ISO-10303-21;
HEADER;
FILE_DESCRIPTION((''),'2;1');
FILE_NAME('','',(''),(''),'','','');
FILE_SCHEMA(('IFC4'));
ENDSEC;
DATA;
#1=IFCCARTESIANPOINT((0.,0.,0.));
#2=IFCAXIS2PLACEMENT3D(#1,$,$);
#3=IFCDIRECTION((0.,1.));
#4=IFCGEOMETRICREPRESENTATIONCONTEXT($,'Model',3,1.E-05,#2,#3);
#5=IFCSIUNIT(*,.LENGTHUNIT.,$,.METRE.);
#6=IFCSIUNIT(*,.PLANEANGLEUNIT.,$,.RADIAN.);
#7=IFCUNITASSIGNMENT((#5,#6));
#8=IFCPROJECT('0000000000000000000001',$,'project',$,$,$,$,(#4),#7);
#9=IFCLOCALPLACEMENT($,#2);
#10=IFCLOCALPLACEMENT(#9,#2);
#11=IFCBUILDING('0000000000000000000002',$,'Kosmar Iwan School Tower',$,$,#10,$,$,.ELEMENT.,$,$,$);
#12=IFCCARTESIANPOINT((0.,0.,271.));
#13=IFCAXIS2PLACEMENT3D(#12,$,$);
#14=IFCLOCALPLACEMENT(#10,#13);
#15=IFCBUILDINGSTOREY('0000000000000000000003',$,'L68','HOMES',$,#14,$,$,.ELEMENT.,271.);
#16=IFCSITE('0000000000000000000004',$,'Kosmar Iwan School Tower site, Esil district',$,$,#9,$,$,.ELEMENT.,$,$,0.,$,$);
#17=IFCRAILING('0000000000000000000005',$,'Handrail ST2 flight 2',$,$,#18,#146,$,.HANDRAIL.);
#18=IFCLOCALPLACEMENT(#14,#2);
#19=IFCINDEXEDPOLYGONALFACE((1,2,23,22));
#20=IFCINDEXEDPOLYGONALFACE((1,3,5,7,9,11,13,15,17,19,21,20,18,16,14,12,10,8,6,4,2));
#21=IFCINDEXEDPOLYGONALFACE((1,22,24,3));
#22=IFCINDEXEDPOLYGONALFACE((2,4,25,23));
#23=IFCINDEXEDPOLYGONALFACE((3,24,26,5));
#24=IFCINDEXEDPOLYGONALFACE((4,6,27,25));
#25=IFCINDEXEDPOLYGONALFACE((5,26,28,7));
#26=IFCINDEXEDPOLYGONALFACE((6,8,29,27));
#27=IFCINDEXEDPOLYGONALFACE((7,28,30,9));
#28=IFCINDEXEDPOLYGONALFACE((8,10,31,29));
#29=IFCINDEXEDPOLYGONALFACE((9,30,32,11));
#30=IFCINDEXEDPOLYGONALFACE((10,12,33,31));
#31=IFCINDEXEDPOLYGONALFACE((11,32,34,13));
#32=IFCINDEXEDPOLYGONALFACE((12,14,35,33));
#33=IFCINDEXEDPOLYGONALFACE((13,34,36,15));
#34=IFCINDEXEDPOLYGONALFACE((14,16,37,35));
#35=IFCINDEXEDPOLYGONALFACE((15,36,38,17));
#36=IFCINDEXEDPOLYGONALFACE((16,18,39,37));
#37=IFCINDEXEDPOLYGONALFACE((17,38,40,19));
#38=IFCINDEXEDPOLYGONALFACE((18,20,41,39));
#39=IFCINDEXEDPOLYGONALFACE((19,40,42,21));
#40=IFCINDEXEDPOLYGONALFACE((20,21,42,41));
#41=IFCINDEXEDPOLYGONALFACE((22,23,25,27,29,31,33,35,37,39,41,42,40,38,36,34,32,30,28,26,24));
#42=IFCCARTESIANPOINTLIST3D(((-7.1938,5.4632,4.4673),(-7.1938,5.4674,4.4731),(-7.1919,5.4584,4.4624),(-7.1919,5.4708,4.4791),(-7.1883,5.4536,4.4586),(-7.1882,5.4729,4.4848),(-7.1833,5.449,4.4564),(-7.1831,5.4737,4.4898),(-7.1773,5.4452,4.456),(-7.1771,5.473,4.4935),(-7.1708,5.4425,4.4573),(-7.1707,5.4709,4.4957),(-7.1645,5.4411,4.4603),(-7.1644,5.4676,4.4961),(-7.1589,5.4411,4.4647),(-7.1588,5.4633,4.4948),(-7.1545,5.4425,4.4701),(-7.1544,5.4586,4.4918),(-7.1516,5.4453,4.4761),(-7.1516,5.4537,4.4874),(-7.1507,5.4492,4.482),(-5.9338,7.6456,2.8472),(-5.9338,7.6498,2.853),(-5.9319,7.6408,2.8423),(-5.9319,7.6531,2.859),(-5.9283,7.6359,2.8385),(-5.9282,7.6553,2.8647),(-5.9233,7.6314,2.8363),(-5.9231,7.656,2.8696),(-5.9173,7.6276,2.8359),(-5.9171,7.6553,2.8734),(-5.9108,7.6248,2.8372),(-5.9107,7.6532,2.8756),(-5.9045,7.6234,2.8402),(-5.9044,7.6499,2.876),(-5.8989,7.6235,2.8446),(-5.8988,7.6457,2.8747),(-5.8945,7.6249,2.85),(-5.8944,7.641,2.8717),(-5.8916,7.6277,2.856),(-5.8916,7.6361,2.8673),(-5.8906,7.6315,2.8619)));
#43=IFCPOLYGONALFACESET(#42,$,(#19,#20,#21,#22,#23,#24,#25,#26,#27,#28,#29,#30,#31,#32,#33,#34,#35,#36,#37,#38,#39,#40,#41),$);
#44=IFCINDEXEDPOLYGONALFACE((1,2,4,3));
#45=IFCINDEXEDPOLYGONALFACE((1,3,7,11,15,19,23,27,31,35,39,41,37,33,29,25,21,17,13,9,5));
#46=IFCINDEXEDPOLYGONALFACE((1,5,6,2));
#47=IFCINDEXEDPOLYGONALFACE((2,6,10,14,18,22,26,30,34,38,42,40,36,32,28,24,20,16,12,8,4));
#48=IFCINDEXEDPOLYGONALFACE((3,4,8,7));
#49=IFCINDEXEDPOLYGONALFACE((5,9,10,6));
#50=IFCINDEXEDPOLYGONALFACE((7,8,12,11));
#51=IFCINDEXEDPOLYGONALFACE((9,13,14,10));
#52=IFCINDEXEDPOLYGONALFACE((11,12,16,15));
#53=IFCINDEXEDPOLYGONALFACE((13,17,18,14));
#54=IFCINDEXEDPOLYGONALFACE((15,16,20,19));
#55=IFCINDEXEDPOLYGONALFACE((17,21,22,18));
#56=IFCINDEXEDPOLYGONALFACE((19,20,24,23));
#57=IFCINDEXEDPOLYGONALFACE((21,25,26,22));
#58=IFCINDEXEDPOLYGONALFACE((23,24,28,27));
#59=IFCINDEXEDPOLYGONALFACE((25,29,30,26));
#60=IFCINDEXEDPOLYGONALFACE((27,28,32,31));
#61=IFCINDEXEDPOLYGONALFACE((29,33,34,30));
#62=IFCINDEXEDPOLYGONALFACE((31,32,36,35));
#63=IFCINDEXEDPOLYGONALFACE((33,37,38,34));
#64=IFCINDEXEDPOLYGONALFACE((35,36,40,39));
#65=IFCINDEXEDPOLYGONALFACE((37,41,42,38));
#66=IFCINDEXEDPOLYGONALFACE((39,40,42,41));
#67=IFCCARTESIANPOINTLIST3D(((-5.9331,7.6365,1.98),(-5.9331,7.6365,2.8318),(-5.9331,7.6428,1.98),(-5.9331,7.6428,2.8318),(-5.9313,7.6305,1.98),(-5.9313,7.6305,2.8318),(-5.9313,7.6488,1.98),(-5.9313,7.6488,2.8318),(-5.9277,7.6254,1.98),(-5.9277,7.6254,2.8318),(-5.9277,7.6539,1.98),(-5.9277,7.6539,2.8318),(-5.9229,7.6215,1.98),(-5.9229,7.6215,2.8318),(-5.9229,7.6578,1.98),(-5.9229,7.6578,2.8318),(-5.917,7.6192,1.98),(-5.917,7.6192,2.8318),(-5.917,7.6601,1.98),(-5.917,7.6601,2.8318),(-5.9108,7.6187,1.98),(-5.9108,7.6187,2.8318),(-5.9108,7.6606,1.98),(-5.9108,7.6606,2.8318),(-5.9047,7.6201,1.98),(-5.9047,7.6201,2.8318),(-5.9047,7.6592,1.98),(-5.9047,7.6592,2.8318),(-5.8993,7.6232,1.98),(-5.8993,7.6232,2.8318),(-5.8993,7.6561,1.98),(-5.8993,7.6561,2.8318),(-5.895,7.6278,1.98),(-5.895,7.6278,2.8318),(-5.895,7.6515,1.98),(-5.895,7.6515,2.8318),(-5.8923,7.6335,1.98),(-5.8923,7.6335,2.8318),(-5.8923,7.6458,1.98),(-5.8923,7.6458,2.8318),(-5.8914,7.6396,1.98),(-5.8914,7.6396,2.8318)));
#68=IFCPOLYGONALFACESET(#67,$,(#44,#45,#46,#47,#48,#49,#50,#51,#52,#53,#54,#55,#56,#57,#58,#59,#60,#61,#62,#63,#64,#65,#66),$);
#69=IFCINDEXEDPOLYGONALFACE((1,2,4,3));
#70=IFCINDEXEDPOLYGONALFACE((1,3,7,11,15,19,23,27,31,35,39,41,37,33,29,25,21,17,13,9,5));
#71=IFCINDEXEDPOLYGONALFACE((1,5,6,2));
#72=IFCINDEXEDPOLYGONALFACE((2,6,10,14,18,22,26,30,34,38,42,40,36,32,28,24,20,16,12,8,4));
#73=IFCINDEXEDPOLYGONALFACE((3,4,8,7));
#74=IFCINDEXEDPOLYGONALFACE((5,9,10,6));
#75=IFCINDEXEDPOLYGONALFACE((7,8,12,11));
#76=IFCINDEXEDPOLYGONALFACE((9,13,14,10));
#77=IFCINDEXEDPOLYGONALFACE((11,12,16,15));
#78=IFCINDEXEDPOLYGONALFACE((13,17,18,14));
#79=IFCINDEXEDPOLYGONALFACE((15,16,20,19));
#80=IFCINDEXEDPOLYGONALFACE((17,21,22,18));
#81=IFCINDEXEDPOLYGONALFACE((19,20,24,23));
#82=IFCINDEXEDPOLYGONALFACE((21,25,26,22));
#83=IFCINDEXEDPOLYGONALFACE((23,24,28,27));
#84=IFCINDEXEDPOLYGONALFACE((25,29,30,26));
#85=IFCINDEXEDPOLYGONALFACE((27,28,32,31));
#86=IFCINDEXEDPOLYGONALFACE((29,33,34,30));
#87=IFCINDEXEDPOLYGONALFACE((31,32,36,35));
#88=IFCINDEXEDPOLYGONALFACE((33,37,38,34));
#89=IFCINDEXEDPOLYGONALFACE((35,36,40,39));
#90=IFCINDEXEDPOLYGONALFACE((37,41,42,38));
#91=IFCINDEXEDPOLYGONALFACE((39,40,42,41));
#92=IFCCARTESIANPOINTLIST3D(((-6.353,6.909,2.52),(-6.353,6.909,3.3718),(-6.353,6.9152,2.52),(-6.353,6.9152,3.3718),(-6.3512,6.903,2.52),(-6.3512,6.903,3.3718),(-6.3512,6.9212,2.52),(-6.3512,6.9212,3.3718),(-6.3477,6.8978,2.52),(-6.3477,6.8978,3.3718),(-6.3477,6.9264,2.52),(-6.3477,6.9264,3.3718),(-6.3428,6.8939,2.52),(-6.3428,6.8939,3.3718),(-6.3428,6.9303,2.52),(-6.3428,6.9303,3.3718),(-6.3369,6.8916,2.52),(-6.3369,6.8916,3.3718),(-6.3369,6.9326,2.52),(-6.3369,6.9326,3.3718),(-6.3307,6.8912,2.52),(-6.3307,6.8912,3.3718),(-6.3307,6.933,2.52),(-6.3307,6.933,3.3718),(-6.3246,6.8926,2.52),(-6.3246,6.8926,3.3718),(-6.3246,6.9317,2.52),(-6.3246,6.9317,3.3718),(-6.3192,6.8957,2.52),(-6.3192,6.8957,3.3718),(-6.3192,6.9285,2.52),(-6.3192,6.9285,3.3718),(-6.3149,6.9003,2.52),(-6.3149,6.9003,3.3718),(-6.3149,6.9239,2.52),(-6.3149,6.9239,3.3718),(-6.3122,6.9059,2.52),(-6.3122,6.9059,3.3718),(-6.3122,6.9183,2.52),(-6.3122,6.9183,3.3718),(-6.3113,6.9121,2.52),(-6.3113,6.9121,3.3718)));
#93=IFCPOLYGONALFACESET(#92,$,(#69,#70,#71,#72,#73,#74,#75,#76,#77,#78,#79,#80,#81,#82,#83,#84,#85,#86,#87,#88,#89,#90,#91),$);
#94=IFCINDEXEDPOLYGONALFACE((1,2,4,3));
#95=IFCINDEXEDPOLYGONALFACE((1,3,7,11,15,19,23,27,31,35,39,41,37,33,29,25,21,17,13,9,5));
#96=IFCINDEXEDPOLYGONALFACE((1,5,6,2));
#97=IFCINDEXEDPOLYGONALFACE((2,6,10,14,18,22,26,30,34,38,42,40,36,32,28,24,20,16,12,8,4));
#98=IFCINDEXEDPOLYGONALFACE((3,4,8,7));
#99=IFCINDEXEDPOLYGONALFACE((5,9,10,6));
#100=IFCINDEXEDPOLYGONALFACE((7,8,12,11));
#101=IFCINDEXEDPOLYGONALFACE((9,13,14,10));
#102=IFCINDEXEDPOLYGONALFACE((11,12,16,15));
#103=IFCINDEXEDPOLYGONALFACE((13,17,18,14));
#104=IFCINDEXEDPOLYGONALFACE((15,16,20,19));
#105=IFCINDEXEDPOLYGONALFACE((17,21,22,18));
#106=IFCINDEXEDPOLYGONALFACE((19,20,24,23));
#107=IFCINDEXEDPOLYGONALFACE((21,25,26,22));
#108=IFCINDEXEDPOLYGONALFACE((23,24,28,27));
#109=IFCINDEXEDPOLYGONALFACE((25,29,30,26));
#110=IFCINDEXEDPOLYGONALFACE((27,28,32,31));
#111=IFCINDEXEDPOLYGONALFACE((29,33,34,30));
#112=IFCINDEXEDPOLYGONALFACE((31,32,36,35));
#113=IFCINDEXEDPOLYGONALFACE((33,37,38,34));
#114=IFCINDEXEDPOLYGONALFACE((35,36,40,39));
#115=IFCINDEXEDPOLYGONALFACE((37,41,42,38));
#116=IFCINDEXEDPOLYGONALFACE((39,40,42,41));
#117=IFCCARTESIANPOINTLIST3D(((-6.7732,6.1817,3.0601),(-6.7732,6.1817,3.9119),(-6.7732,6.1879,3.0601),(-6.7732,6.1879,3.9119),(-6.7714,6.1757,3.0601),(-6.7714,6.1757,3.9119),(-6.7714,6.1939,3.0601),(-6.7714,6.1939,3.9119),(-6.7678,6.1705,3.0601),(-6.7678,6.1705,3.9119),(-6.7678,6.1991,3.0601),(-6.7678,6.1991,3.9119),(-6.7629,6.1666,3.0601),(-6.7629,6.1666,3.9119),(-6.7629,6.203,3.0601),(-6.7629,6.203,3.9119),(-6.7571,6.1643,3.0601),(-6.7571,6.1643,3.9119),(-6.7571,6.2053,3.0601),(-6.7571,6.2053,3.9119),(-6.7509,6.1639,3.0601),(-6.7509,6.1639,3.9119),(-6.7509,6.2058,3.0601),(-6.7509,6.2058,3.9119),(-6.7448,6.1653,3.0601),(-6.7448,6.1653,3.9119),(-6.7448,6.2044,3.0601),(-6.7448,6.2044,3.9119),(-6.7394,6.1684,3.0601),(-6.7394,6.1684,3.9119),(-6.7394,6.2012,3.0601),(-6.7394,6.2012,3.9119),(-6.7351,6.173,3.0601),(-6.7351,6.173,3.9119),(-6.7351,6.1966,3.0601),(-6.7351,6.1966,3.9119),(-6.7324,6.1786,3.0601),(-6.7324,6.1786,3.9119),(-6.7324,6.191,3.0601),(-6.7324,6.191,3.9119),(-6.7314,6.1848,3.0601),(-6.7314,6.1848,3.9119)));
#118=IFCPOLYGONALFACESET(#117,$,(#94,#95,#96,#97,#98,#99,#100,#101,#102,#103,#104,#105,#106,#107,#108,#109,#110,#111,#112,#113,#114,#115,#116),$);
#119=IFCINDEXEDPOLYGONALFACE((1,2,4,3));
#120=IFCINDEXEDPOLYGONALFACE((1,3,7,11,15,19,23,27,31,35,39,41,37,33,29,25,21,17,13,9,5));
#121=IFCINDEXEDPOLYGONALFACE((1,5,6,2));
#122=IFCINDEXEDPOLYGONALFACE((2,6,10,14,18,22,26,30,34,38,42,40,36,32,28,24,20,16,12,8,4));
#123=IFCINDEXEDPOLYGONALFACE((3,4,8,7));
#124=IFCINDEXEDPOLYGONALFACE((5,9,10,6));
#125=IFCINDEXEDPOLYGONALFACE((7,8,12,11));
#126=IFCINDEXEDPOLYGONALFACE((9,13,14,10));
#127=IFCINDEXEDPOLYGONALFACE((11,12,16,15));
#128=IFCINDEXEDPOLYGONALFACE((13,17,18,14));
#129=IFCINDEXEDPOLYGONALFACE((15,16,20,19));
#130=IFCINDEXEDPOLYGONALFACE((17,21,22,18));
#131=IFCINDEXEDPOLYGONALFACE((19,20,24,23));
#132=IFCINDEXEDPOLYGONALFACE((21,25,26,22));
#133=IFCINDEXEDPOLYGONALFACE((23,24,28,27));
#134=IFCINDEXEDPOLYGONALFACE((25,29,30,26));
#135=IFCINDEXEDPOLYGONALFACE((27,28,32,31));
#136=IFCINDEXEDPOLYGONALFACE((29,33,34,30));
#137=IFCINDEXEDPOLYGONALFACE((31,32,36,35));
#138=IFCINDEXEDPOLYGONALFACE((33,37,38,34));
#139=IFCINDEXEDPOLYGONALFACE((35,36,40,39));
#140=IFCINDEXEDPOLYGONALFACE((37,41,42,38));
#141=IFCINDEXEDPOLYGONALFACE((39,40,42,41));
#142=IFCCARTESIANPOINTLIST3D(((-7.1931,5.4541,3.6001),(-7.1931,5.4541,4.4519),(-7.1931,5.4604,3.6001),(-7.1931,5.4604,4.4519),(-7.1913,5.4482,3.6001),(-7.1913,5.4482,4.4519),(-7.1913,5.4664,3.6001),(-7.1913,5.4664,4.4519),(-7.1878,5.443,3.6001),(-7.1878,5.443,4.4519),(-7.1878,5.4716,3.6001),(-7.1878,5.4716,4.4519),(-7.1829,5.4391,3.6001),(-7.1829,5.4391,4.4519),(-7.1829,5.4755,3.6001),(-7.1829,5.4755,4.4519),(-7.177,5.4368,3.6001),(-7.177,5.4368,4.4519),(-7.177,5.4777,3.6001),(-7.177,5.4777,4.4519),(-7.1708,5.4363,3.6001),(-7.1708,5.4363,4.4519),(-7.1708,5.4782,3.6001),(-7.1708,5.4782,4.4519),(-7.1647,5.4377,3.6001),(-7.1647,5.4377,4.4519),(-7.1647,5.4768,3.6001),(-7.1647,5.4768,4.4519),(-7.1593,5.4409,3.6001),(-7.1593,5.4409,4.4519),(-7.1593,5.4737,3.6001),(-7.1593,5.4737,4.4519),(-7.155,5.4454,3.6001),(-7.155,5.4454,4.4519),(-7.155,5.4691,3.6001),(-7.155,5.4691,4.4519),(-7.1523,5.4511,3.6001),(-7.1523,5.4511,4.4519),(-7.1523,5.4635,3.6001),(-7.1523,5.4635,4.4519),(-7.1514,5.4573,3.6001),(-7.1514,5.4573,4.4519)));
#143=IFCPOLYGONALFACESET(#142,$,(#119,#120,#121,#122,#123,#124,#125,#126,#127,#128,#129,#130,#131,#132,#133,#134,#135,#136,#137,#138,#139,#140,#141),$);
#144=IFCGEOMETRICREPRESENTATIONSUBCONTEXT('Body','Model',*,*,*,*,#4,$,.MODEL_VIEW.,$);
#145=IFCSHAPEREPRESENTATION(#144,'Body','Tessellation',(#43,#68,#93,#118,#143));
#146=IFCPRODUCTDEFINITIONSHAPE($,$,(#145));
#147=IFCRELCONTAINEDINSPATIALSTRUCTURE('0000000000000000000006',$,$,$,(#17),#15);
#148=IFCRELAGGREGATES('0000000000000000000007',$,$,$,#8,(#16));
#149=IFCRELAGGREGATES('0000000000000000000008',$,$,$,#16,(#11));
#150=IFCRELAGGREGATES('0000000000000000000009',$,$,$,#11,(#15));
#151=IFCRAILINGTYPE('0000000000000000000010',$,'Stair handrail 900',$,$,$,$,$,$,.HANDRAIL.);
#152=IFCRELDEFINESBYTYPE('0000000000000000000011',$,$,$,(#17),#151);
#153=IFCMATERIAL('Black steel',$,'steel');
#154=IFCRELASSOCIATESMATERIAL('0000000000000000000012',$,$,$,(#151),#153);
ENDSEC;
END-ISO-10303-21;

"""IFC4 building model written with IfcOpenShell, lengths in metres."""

from ifc_helpers import new_model, si_unit, direction, frame, origin, origin_2d, place, context, subcontext, project, spatial, circle, extrude, material, type_object, element, save


model = new_model("IFC4")

# Units and contexts
model_context = context("Model", 3, precision=1e-05, world=origin(), true_north=direction((0.0, 1.0)))
body_context = subcontext(model_context, "Body", "Model", "MODEL_VIEW")
ifc_project = project(units=[si_unit("LENGTHUNIT", "METRE"), si_unit("PLANEANGLEUNIT", "RADIAN")], contexts=[model_context])

# Site, building, storey
site_placement = place(None, origin())
site = spatial("IfcSite", under=ifc_project, at=site_placement, Name="Kosmar Iwan School Tower site, Esil district", CompositionType="ELEMENT", RefElevation=0.0)
building_placement = place(site_placement, origin())
building = spatial("IfcBuilding", under=site, at=building_placement, Name="Kosmar Iwan School Tower", CompositionType="ELEMENT")
storey_placement = place(building_placement, frame((0.0, 0.0, 271.0)))
storey = spatial("IfcBuildingStorey", under=building, at=storey_placement, Name="L68", Description="HOMES", CompositionType="ELEMENT", Elevation=271.0)

# Railing
ifc_material_1 = material(Name="Black steel", Category="steel")
railing_type = type_object("IfcRailingType", Name="Stair handrail 900", PredefinedType="HANDRAIL", material=ifc_material_1)
railing_1_placement = place(storey_placement, frame((-5.9124, 7.6396, 1.98)))
element("IfcRailing", 1, at=railing_1_placement, inside=storey, type_object=railing_type, Name="Handrail ST2 flight 2", PredefinedType="HANDRAIL", context=body_context, shape_type="SweptSolid", body=[
    extrude(circle(Radius=0.0239, at=origin_2d()), frame((0.0, 0.0, 0.876), z_axis=(-0.420584, -0.728464, 0.540786), x_axis=(0.866023, -0.500005, 0.0)), (0.0, 0.0, 1.0), 2.9958),
    extrude(circle(Radius=0.021, at=origin_2d()), origin(), (0.0, 0.0, 1.0), 0.8518),
    extrude(circle(Radius=0.021, at=origin_2d()), frame((-0.4199, -0.7275, 0.54)), (0.0, 0.0, 1.0), 0.8518),
    extrude(circle(Radius=0.021, at=origin_2d()), frame((-0.8401, -1.4548, 1.0801)), (0.0, 0.0, 1.0), 0.8518),
    extrude(circle(Radius=0.021, at=origin_2d()), frame((-1.26, -2.1824, 1.6201)), (0.0, 0.0, 1.0), 0.8518),
])

save(model, "model.ifc")
